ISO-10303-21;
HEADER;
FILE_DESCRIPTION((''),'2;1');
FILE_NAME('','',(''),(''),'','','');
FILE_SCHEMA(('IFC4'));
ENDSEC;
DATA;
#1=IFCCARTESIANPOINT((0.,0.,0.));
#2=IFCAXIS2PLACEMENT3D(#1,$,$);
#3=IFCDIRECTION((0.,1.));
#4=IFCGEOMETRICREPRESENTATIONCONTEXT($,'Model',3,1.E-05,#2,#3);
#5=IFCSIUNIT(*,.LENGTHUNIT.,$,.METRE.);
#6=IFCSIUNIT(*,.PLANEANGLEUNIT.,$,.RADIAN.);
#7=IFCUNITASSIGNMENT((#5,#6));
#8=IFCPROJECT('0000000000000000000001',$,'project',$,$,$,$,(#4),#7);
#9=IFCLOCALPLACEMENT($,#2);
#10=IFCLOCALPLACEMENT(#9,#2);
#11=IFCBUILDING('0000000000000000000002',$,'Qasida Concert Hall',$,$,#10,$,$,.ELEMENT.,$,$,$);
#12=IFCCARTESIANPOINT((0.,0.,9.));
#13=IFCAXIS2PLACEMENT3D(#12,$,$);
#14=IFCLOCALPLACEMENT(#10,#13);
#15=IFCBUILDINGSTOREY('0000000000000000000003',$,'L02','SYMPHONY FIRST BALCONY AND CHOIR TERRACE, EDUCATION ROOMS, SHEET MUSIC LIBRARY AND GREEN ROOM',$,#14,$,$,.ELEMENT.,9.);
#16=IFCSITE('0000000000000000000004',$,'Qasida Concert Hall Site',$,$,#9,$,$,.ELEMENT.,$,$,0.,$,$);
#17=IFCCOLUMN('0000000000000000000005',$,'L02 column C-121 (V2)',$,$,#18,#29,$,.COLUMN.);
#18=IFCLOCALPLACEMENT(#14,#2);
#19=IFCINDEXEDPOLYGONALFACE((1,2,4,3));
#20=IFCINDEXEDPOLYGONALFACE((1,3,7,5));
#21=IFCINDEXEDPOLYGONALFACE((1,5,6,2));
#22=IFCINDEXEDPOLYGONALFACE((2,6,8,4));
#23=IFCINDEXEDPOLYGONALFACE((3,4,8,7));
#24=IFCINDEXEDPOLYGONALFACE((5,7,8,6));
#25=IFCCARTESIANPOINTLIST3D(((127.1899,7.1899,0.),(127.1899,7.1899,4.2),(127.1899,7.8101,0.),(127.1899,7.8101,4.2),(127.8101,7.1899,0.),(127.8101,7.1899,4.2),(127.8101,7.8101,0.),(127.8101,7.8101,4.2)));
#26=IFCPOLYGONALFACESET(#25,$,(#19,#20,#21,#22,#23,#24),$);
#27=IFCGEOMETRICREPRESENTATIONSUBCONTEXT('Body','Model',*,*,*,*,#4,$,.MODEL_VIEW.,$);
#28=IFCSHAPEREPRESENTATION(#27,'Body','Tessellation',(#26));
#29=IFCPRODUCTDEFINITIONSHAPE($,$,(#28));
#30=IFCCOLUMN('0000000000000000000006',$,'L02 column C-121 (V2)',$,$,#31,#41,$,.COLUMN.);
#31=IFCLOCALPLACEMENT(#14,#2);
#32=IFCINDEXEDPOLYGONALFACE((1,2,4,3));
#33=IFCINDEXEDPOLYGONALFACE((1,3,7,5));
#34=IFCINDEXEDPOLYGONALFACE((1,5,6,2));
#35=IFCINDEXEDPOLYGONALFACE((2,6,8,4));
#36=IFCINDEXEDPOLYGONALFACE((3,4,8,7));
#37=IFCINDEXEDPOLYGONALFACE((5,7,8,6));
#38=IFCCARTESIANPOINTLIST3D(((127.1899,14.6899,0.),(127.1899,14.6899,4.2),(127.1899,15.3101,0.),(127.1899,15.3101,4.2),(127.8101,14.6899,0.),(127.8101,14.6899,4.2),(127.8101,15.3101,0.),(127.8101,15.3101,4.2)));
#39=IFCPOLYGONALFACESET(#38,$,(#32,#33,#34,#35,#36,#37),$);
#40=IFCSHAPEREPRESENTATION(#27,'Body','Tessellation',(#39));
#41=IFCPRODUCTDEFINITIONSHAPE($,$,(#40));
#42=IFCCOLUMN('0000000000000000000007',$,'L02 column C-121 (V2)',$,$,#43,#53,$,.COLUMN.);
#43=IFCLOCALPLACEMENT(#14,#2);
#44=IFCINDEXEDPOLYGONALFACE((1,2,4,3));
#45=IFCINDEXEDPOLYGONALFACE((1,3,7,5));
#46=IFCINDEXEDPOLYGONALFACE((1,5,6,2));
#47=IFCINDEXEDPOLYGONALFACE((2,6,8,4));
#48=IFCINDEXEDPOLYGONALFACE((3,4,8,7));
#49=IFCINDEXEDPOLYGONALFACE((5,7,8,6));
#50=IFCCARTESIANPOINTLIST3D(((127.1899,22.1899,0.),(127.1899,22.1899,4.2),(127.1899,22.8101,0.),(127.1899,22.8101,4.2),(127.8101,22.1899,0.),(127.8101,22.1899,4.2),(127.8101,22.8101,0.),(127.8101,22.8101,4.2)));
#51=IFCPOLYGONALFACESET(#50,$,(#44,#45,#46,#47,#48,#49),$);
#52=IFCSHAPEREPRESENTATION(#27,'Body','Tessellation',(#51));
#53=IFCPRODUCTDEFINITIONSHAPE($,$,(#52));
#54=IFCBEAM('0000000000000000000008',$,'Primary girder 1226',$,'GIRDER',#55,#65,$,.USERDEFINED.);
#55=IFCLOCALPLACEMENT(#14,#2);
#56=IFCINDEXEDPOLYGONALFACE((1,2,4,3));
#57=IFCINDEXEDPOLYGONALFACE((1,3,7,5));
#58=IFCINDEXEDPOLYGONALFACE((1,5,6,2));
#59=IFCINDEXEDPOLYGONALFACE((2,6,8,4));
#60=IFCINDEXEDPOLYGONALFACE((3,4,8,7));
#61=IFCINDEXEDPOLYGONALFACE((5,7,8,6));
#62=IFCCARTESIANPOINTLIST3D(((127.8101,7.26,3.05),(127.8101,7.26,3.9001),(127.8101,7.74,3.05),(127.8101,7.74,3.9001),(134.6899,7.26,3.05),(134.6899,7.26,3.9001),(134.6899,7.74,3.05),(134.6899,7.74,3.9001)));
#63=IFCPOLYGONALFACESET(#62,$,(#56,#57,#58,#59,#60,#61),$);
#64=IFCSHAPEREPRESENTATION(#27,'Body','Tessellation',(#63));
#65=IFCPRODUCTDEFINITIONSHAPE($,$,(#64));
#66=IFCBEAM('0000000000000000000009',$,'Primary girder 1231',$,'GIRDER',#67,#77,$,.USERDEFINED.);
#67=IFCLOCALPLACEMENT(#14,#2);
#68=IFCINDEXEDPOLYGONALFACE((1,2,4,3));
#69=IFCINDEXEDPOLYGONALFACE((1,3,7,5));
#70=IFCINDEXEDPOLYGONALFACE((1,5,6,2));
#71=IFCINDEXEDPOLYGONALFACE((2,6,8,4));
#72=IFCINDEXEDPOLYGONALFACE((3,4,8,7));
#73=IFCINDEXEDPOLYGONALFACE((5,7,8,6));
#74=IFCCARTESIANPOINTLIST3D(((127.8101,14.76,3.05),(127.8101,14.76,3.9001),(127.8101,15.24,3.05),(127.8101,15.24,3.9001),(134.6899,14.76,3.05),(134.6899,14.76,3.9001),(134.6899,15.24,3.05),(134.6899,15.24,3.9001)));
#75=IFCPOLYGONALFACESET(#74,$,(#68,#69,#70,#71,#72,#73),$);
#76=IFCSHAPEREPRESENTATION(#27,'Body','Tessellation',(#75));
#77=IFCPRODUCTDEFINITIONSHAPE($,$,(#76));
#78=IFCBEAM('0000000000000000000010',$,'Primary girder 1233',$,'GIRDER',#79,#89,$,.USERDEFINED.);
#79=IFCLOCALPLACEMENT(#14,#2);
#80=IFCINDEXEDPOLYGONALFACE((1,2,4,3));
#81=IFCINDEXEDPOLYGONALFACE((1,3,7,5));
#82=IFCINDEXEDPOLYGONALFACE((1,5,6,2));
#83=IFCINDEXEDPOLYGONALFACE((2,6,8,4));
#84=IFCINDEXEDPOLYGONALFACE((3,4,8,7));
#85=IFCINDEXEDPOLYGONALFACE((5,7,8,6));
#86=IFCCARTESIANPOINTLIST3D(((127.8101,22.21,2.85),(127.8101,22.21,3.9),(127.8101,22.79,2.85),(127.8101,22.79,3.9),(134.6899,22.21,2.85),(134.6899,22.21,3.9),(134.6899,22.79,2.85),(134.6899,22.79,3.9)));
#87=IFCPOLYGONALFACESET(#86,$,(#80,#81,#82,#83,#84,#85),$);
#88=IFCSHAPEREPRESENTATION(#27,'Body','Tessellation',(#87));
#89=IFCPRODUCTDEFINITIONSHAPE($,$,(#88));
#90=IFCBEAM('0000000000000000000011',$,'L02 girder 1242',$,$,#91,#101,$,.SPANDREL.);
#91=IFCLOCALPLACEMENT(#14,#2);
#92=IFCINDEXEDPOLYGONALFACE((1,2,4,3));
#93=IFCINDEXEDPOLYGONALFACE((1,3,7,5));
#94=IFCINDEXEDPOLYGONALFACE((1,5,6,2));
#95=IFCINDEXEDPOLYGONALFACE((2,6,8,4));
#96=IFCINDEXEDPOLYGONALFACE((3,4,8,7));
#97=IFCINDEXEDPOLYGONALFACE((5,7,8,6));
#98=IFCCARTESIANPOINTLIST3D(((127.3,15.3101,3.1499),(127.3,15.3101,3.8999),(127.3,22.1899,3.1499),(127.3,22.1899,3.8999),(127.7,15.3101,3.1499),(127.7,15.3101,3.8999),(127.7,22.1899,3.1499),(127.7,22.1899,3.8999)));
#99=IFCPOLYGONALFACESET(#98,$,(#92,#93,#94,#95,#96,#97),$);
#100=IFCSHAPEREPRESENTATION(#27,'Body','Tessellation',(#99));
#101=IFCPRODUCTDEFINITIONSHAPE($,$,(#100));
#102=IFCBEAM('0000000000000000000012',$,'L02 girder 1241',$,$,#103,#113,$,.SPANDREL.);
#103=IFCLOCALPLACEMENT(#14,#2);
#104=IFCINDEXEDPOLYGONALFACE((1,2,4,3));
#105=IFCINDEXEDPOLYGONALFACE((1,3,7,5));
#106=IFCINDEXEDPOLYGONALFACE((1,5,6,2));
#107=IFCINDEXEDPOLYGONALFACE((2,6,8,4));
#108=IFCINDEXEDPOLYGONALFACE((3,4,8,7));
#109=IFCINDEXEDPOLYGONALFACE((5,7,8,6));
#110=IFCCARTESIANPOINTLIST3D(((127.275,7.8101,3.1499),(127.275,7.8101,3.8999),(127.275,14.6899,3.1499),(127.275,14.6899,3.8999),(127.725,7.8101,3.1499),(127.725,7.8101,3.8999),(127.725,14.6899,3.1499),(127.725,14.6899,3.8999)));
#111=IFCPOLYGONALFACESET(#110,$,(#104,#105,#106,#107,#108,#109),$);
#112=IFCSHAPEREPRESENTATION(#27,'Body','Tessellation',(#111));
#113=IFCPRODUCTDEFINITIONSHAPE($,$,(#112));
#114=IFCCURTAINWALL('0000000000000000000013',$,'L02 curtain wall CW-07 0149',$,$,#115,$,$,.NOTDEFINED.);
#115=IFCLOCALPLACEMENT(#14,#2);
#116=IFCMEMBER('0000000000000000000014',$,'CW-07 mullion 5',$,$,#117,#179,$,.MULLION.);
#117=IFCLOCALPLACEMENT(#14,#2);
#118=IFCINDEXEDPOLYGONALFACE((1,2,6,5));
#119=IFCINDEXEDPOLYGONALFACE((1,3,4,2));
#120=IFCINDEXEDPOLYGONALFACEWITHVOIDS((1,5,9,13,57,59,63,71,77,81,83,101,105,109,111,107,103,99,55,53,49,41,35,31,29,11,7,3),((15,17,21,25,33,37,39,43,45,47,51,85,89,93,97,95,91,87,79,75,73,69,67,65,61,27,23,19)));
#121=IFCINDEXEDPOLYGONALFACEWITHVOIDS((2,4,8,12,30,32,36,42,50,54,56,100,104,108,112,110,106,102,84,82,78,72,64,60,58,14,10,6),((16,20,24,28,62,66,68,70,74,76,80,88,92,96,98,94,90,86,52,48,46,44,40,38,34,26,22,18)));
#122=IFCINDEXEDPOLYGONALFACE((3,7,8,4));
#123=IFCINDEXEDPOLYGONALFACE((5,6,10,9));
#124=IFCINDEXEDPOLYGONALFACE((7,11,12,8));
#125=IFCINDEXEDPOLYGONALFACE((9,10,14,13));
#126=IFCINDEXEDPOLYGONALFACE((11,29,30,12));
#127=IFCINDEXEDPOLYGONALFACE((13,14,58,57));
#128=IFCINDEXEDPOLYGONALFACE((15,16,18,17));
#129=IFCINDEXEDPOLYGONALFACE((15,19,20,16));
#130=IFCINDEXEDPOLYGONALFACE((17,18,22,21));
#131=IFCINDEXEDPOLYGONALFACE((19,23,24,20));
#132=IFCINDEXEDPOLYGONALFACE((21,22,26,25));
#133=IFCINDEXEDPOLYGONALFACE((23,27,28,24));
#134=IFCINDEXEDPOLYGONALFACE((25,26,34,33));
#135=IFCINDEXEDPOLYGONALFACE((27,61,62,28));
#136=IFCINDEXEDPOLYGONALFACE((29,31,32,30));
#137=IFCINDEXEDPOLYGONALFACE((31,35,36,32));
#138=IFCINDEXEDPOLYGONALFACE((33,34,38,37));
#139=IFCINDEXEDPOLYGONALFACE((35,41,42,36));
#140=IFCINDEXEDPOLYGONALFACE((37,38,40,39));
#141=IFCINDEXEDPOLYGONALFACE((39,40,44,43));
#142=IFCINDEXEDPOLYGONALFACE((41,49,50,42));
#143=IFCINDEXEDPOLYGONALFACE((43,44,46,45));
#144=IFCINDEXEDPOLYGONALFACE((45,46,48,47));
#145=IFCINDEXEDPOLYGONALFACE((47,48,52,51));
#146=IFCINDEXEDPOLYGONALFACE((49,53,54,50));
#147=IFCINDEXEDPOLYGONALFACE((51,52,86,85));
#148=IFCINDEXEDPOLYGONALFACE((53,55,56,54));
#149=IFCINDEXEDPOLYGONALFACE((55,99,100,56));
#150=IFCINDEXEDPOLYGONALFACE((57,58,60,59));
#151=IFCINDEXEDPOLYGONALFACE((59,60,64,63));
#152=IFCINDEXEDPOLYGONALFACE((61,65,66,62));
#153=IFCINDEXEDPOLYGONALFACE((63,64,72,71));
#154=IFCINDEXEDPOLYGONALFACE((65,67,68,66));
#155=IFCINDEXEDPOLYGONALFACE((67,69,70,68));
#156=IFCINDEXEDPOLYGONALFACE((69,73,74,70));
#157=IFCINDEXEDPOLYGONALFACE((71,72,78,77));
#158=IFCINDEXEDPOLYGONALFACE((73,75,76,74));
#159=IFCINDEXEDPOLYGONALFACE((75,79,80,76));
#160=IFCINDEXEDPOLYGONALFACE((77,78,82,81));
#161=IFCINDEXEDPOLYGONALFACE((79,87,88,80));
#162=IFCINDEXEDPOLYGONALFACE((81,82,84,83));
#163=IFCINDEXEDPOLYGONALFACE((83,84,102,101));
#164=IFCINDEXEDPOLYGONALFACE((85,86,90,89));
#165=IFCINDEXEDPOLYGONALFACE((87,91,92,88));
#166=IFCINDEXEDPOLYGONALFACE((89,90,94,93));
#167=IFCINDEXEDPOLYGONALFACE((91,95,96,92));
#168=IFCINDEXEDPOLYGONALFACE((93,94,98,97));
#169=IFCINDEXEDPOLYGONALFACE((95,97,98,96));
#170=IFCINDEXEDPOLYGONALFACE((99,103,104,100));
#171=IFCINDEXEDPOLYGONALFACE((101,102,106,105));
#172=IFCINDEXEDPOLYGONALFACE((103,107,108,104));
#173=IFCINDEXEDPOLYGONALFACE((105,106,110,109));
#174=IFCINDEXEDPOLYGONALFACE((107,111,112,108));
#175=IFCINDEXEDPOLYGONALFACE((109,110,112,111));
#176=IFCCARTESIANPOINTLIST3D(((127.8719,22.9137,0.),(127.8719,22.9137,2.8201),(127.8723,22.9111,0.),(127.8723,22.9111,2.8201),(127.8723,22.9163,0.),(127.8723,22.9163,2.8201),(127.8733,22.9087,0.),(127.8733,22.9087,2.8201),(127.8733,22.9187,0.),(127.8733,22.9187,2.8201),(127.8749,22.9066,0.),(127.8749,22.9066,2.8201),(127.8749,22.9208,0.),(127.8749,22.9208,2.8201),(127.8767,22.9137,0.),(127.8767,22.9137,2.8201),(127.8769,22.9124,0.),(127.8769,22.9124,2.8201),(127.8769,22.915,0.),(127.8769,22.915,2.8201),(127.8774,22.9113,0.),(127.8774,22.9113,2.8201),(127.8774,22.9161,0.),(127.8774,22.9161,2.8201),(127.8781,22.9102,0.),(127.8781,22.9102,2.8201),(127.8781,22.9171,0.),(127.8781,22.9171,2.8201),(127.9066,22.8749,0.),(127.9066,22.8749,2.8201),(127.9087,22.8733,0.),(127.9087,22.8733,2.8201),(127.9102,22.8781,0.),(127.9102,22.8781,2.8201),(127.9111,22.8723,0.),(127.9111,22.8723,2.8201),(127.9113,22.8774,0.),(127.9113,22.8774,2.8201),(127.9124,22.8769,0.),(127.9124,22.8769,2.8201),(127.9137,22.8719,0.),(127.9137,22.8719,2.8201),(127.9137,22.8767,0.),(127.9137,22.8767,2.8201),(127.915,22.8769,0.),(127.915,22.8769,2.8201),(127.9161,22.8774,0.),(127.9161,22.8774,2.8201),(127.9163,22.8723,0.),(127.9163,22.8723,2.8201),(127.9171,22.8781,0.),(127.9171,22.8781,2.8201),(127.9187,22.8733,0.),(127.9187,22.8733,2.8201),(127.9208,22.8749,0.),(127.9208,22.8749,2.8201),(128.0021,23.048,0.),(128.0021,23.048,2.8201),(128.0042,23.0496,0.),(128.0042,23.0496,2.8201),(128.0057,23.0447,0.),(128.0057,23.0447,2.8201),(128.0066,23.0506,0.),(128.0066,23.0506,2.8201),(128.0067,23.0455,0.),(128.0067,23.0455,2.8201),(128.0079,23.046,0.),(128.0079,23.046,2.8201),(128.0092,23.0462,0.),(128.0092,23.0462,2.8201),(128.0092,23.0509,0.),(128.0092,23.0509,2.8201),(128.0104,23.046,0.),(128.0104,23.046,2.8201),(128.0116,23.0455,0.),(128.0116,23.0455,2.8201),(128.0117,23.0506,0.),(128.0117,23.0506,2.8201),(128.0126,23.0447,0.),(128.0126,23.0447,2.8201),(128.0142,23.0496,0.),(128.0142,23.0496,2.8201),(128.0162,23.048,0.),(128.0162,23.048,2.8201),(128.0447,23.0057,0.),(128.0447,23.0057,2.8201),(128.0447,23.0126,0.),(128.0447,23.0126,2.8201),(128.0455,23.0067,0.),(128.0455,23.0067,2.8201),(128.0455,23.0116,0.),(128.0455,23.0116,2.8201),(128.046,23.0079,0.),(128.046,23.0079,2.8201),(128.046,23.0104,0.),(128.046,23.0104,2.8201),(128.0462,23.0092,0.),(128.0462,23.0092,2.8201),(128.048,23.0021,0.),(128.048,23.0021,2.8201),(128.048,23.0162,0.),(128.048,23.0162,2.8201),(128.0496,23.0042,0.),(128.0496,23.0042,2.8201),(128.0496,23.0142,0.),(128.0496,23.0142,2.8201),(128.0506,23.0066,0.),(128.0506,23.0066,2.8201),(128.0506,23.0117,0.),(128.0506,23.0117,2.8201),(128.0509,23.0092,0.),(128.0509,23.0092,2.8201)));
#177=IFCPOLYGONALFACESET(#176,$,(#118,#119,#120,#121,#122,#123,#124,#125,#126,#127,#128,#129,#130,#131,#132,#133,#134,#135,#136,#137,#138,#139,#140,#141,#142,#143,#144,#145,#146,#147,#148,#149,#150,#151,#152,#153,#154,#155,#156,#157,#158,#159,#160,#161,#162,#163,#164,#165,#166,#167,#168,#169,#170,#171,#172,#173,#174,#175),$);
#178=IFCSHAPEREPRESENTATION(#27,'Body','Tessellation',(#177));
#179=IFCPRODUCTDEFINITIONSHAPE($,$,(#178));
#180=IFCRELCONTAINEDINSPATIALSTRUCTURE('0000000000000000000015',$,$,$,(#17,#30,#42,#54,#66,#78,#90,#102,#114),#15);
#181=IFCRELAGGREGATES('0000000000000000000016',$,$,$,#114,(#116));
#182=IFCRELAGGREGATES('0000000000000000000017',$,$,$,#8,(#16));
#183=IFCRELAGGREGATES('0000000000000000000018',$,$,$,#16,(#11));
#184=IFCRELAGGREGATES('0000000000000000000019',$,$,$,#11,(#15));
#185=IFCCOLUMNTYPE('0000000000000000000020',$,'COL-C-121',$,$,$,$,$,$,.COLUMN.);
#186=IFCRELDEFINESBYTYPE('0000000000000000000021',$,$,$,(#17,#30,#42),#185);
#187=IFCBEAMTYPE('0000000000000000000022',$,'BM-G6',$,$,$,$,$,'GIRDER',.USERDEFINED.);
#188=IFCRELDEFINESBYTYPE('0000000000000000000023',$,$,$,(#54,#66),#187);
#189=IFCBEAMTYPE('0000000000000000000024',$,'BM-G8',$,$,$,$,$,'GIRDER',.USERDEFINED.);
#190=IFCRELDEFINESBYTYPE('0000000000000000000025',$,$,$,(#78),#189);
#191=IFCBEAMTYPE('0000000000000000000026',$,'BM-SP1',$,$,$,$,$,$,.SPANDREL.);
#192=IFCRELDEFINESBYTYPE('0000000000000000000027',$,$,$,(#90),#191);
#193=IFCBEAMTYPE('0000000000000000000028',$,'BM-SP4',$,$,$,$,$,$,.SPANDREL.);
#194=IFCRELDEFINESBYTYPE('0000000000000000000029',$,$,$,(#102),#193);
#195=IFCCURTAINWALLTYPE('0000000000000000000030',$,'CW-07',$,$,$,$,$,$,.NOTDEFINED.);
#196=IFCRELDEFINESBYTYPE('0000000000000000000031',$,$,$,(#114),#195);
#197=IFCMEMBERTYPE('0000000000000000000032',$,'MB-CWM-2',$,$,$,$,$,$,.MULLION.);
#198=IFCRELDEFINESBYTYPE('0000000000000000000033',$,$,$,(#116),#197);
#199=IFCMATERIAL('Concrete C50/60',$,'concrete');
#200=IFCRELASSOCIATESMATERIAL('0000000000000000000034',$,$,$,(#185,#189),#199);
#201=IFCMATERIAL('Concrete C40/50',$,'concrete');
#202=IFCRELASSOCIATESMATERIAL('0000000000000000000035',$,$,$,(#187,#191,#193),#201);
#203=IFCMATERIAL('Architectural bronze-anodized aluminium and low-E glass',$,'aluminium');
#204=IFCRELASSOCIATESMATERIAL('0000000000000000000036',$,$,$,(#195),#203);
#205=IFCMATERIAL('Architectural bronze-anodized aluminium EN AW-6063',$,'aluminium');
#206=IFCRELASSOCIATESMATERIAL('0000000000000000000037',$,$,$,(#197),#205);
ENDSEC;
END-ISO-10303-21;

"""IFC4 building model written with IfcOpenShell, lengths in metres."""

from ifc_helpers import new_model, si_unit, direction, frame, origin, origin_2d, place, context, subcontext, project, spatial, rectangle, hollow_rectangle, extrude, material, material_profile, profile_set, type_object, element, aggregate, save


model = new_model("IFC4")

# Units and contexts
model_context = context("Model", 3, precision=1e-05, world=origin(), true_north=direction((0.0, 1.0)))
body_context = subcontext(model_context, "Body", "Model", "MODEL_VIEW")
ifc_project = project(units=[si_unit("LENGTHUNIT", "METRE"), si_unit("PLANEANGLEUNIT", "RADIAN")], contexts=[model_context])

# Site, building, storey
site_placement = place(None, origin())
site = spatial("IfcSite", under=ifc_project, at=site_placement, Name="Qasida Concert Hall Site", CompositionType="ELEMENT", RefElevation=0.0)
building_placement = place(site_placement, origin())
building = spatial("IfcBuilding", under=site, at=building_placement, Name="Qasida Concert Hall", CompositionType="ELEMENT")
storey_placement = place(building_placement, frame((0.0, 0.0, 9.0)))
storey = spatial("IfcBuildingStorey", under=building, at=storey_placement, Name="L02", Description="SYMPHONY FIRST BALCONY AND CHOIR TERRACE, EDUCATION ROOMS, SHEET MUSIC LIBRARY AND GREEN ROOM", CompositionType="ELEMENT", Elevation=9.0)

# Columns
ifc_material_1 = material(Name="Concrete C50/60", Category="concrete")
ifc_material_profile_1 = material_profile(ifc_material_1, rectangle(XDim=0.6201, YDim=0.6201, at=origin_2d()), Name="RC 620x620")
ifc_profile_set_1 = profile_set([ifc_material_profile_1], Name="Concrete C50/60")
column_type = type_object("IfcColumnType", Name="COL-C-121", PredefinedType="COLUMN", material=ifc_profile_set_1)
for number, where, z_axis, x_axis, name in (
    (1, (127.5, 7.5, 0.0), (0.0, 0.0, 1.0), (1.0, 0.0, 0.0), "L02 column C-121 (V2)"),
    (2, (127.5, 15.0, 0.0), (0.0, 0.0, 1.0), (1.0, 0.0, 0.0), "L02 column C-121 (V2)"),
    (3, (127.5, 22.5, 0.0), (0.0, 0.0, 1.0), (1.0, 0.0, 0.0), "L02 column C-121 (V2)"),
):
    element("IfcColumn", number, at=place(storey_placement, frame(where, z_axis=z_axis, x_axis=x_axis)), inside=storey, type_object=column_type, Name=name, PredefinedType="COLUMN", context=body_context, shape_type="SweptSolid", body=[
        extrude(rectangle(XDim=0.6201, YDim=0.6201, at=origin_2d()), origin(), (0.0, 0.0, 1.0), 4.2),
    ])

# Beams
ifc_material_2 = material(Name="Concrete C40/50", Category="concrete")
ifc_material_profile_2 = material_profile(ifc_material_2, rectangle(XDim=0.48, YDim=0.8501, at=origin_2d()), Name="RC 480x850")
ifc_profile_set_2 = profile_set([ifc_material_profile_2], Name="Concrete C40/50")
beam_type_1 = type_object("IfcBeamType", Name="BM-G6", ElementType="GIRDER", PredefinedType="USERDEFINED", material=ifc_profile_set_2)
for number, where, z_axis, x_axis, name in (
    (4, (127.8101, 7.5, 3.4751), (1.0, 0.0, 0.0), (0.0, 1.0, 0.0), "Primary girder 1226"),
    (5, (127.8101, 15.0, 3.4751), (1.0, 0.0, 0.0), (0.0, 1.0, 0.0), "Primary girder 1231"),
):
    element("IfcBeam", number, at=place(storey_placement, frame(where, z_axis=z_axis, x_axis=x_axis)), inside=storey, type_object=beam_type_1, Name=name, ObjectType="GIRDER", PredefinedType="USERDEFINED", context=body_context, shape_type="SweptSolid", body=[
        extrude(rectangle(XDim=0.48, YDim=0.8501, at=origin_2d()), origin(), (0.0, 0.0, 1.0), 6.8799),
    ])
ifc_material_profile_3 = material_profile(ifc_material_1, rectangle(XDim=0.5801, YDim=1.05, at=origin_2d()), Name="RC 580x1050")
ifc_profile_set_3 = profile_set([ifc_material_profile_3], Name="Concrete C50/60")
beam_type_2 = type_object("IfcBeamType", Name="BM-G8", ElementType="GIRDER", PredefinedType="USERDEFINED", material=ifc_profile_set_3)
beam_1_placement = place(storey_placement, frame((127.8101, 22.5, 3.375), z_axis=(1.0, 0.0, 0.0), x_axis=(0.0, 1.0, 0.0)))
element("IfcBeam", 6, at=beam_1_placement, inside=storey, type_object=beam_type_2, Name="Primary girder 1233", ObjectType="GIRDER", PredefinedType="USERDEFINED", context=body_context, shape_type="SweptSolid", body=[
    extrude(rectangle(XDim=0.5801, YDim=1.05, at=origin_2d()), origin(), (0.0, 0.0, 1.0), 6.8799),
])
ifc_material_profile_4 = material_profile(ifc_material_2, rectangle(XDim=0.3999, YDim=0.75, at=origin_2d()), Name="RC 400x750")
ifc_profile_set_4 = profile_set([ifc_material_profile_4], Name="Concrete C40/50")
beam_type_3 = type_object("IfcBeamType", Name="BM-SP1", PredefinedType="SPANDREL", material=ifc_profile_set_4)
beam_2_placement = place(storey_placement, frame((127.5, 15.3101, 3.5249), z_axis=(0.0, 1.0, 0.0), x_axis=(-1.0, 0.0, 0.0)))
element("IfcBeam", 7, at=beam_2_placement, inside=storey, type_object=beam_type_3, Name="L02 girder 1242", PredefinedType="SPANDREL", context=body_context, shape_type="SweptSolid", body=[
    extrude(rectangle(XDim=0.3999, YDim=0.75, at=origin_2d()), origin(), (0.0, 0.0, 1.0), 6.8799),
])
ifc_material_profile_5 = material_profile(ifc_material_2, rectangle(XDim=0.45, YDim=0.75, at=origin_2d()), Name="RC 450x750")
ifc_profile_set_5 = profile_set([ifc_material_profile_5], Name="Concrete C40/50")
beam_type_4 = type_object("IfcBeamType", Name="BM-SP4", PredefinedType="SPANDREL", material=ifc_profile_set_5)
beam_3_placement = place(storey_placement, frame((127.5, 7.8101, 3.5249), z_axis=(0.0, 1.0, 0.0), x_axis=(-1.0, 0.0, 0.0)))
element("IfcBeam", 8, at=beam_3_placement, inside=storey, type_object=beam_type_4, Name="L02 girder 1241", PredefinedType="SPANDREL", context=body_context, shape_type="SweptSolid", body=[
    extrude(rectangle(XDim=0.45, YDim=0.75, at=origin_2d()), origin(), (0.0, 0.0, 1.0), 6.8799),
])

# Curtain wall, member
ifc_material_3 = material(Name="Architectural bronze-anodized aluminium and low-E glass", Category="aluminium")
curtain_wall_type = type_object("IfcCurtainWallType", Name="CW-07", PredefinedType="NOTDEFINED", material=ifc_material_3)
curtain_wall_1_placement = place(storey_placement, origin())
curtain_wall_1 = element("IfcCurtainWall", 9, at=curtain_wall_1_placement, inside=storey, type_object=curtain_wall_type, Name="L02 curtain wall CW-07 0149", PredefinedType="NOTDEFINED")
ifc_material_4 = material(Name="Architectural bronze-anodized aluminium EN AW-6063", Category="aluminium")
ifc_material_profile_6 = material_profile(ifc_material_4, hollow_rectangle(XDim=0.0649, YDim=0.2, WallThickness=0.0049, InnerFilletRadius=0.0049, OuterFilletRadius=0.01, at=origin_2d()), Name="CWM 200x65x5")
ifc_profile_set_6 = profile_set([ifc_material_profile_6], Name="Architectural bronze-anodized aluminium EN AW-6063")
member_type_1 = type_object("IfcMemberType", Name="MB-CWM-2", PredefinedType="MULLION", material=ifc_profile_set_6)
member_1_placement = place(storey_placement, frame((127.9614, 22.9614, 0.0), z_axis=(0.0, 0.0, 1.0), x_axis=(0.707107, -0.707107, 0.0)))
member_1 = element("IfcMember", 10, at=member_1_placement, type_object=member_type_1, Name="CW-07 mullion 5", PredefinedType="MULLION", context=body_context, shape_type="SweptSolid", body=[
    extrude(hollow_rectangle(XDim=0.0649, YDim=0.2, WallThickness=0.0049, InnerFilletRadius=0.0049, OuterFilletRadius=0.01, at=origin_2d()), origin(), (0.0, 0.0, 1.0), 2.8201),
])

aggregate(curtain_wall_1, [member_1])

save(model, "model.ifc")
